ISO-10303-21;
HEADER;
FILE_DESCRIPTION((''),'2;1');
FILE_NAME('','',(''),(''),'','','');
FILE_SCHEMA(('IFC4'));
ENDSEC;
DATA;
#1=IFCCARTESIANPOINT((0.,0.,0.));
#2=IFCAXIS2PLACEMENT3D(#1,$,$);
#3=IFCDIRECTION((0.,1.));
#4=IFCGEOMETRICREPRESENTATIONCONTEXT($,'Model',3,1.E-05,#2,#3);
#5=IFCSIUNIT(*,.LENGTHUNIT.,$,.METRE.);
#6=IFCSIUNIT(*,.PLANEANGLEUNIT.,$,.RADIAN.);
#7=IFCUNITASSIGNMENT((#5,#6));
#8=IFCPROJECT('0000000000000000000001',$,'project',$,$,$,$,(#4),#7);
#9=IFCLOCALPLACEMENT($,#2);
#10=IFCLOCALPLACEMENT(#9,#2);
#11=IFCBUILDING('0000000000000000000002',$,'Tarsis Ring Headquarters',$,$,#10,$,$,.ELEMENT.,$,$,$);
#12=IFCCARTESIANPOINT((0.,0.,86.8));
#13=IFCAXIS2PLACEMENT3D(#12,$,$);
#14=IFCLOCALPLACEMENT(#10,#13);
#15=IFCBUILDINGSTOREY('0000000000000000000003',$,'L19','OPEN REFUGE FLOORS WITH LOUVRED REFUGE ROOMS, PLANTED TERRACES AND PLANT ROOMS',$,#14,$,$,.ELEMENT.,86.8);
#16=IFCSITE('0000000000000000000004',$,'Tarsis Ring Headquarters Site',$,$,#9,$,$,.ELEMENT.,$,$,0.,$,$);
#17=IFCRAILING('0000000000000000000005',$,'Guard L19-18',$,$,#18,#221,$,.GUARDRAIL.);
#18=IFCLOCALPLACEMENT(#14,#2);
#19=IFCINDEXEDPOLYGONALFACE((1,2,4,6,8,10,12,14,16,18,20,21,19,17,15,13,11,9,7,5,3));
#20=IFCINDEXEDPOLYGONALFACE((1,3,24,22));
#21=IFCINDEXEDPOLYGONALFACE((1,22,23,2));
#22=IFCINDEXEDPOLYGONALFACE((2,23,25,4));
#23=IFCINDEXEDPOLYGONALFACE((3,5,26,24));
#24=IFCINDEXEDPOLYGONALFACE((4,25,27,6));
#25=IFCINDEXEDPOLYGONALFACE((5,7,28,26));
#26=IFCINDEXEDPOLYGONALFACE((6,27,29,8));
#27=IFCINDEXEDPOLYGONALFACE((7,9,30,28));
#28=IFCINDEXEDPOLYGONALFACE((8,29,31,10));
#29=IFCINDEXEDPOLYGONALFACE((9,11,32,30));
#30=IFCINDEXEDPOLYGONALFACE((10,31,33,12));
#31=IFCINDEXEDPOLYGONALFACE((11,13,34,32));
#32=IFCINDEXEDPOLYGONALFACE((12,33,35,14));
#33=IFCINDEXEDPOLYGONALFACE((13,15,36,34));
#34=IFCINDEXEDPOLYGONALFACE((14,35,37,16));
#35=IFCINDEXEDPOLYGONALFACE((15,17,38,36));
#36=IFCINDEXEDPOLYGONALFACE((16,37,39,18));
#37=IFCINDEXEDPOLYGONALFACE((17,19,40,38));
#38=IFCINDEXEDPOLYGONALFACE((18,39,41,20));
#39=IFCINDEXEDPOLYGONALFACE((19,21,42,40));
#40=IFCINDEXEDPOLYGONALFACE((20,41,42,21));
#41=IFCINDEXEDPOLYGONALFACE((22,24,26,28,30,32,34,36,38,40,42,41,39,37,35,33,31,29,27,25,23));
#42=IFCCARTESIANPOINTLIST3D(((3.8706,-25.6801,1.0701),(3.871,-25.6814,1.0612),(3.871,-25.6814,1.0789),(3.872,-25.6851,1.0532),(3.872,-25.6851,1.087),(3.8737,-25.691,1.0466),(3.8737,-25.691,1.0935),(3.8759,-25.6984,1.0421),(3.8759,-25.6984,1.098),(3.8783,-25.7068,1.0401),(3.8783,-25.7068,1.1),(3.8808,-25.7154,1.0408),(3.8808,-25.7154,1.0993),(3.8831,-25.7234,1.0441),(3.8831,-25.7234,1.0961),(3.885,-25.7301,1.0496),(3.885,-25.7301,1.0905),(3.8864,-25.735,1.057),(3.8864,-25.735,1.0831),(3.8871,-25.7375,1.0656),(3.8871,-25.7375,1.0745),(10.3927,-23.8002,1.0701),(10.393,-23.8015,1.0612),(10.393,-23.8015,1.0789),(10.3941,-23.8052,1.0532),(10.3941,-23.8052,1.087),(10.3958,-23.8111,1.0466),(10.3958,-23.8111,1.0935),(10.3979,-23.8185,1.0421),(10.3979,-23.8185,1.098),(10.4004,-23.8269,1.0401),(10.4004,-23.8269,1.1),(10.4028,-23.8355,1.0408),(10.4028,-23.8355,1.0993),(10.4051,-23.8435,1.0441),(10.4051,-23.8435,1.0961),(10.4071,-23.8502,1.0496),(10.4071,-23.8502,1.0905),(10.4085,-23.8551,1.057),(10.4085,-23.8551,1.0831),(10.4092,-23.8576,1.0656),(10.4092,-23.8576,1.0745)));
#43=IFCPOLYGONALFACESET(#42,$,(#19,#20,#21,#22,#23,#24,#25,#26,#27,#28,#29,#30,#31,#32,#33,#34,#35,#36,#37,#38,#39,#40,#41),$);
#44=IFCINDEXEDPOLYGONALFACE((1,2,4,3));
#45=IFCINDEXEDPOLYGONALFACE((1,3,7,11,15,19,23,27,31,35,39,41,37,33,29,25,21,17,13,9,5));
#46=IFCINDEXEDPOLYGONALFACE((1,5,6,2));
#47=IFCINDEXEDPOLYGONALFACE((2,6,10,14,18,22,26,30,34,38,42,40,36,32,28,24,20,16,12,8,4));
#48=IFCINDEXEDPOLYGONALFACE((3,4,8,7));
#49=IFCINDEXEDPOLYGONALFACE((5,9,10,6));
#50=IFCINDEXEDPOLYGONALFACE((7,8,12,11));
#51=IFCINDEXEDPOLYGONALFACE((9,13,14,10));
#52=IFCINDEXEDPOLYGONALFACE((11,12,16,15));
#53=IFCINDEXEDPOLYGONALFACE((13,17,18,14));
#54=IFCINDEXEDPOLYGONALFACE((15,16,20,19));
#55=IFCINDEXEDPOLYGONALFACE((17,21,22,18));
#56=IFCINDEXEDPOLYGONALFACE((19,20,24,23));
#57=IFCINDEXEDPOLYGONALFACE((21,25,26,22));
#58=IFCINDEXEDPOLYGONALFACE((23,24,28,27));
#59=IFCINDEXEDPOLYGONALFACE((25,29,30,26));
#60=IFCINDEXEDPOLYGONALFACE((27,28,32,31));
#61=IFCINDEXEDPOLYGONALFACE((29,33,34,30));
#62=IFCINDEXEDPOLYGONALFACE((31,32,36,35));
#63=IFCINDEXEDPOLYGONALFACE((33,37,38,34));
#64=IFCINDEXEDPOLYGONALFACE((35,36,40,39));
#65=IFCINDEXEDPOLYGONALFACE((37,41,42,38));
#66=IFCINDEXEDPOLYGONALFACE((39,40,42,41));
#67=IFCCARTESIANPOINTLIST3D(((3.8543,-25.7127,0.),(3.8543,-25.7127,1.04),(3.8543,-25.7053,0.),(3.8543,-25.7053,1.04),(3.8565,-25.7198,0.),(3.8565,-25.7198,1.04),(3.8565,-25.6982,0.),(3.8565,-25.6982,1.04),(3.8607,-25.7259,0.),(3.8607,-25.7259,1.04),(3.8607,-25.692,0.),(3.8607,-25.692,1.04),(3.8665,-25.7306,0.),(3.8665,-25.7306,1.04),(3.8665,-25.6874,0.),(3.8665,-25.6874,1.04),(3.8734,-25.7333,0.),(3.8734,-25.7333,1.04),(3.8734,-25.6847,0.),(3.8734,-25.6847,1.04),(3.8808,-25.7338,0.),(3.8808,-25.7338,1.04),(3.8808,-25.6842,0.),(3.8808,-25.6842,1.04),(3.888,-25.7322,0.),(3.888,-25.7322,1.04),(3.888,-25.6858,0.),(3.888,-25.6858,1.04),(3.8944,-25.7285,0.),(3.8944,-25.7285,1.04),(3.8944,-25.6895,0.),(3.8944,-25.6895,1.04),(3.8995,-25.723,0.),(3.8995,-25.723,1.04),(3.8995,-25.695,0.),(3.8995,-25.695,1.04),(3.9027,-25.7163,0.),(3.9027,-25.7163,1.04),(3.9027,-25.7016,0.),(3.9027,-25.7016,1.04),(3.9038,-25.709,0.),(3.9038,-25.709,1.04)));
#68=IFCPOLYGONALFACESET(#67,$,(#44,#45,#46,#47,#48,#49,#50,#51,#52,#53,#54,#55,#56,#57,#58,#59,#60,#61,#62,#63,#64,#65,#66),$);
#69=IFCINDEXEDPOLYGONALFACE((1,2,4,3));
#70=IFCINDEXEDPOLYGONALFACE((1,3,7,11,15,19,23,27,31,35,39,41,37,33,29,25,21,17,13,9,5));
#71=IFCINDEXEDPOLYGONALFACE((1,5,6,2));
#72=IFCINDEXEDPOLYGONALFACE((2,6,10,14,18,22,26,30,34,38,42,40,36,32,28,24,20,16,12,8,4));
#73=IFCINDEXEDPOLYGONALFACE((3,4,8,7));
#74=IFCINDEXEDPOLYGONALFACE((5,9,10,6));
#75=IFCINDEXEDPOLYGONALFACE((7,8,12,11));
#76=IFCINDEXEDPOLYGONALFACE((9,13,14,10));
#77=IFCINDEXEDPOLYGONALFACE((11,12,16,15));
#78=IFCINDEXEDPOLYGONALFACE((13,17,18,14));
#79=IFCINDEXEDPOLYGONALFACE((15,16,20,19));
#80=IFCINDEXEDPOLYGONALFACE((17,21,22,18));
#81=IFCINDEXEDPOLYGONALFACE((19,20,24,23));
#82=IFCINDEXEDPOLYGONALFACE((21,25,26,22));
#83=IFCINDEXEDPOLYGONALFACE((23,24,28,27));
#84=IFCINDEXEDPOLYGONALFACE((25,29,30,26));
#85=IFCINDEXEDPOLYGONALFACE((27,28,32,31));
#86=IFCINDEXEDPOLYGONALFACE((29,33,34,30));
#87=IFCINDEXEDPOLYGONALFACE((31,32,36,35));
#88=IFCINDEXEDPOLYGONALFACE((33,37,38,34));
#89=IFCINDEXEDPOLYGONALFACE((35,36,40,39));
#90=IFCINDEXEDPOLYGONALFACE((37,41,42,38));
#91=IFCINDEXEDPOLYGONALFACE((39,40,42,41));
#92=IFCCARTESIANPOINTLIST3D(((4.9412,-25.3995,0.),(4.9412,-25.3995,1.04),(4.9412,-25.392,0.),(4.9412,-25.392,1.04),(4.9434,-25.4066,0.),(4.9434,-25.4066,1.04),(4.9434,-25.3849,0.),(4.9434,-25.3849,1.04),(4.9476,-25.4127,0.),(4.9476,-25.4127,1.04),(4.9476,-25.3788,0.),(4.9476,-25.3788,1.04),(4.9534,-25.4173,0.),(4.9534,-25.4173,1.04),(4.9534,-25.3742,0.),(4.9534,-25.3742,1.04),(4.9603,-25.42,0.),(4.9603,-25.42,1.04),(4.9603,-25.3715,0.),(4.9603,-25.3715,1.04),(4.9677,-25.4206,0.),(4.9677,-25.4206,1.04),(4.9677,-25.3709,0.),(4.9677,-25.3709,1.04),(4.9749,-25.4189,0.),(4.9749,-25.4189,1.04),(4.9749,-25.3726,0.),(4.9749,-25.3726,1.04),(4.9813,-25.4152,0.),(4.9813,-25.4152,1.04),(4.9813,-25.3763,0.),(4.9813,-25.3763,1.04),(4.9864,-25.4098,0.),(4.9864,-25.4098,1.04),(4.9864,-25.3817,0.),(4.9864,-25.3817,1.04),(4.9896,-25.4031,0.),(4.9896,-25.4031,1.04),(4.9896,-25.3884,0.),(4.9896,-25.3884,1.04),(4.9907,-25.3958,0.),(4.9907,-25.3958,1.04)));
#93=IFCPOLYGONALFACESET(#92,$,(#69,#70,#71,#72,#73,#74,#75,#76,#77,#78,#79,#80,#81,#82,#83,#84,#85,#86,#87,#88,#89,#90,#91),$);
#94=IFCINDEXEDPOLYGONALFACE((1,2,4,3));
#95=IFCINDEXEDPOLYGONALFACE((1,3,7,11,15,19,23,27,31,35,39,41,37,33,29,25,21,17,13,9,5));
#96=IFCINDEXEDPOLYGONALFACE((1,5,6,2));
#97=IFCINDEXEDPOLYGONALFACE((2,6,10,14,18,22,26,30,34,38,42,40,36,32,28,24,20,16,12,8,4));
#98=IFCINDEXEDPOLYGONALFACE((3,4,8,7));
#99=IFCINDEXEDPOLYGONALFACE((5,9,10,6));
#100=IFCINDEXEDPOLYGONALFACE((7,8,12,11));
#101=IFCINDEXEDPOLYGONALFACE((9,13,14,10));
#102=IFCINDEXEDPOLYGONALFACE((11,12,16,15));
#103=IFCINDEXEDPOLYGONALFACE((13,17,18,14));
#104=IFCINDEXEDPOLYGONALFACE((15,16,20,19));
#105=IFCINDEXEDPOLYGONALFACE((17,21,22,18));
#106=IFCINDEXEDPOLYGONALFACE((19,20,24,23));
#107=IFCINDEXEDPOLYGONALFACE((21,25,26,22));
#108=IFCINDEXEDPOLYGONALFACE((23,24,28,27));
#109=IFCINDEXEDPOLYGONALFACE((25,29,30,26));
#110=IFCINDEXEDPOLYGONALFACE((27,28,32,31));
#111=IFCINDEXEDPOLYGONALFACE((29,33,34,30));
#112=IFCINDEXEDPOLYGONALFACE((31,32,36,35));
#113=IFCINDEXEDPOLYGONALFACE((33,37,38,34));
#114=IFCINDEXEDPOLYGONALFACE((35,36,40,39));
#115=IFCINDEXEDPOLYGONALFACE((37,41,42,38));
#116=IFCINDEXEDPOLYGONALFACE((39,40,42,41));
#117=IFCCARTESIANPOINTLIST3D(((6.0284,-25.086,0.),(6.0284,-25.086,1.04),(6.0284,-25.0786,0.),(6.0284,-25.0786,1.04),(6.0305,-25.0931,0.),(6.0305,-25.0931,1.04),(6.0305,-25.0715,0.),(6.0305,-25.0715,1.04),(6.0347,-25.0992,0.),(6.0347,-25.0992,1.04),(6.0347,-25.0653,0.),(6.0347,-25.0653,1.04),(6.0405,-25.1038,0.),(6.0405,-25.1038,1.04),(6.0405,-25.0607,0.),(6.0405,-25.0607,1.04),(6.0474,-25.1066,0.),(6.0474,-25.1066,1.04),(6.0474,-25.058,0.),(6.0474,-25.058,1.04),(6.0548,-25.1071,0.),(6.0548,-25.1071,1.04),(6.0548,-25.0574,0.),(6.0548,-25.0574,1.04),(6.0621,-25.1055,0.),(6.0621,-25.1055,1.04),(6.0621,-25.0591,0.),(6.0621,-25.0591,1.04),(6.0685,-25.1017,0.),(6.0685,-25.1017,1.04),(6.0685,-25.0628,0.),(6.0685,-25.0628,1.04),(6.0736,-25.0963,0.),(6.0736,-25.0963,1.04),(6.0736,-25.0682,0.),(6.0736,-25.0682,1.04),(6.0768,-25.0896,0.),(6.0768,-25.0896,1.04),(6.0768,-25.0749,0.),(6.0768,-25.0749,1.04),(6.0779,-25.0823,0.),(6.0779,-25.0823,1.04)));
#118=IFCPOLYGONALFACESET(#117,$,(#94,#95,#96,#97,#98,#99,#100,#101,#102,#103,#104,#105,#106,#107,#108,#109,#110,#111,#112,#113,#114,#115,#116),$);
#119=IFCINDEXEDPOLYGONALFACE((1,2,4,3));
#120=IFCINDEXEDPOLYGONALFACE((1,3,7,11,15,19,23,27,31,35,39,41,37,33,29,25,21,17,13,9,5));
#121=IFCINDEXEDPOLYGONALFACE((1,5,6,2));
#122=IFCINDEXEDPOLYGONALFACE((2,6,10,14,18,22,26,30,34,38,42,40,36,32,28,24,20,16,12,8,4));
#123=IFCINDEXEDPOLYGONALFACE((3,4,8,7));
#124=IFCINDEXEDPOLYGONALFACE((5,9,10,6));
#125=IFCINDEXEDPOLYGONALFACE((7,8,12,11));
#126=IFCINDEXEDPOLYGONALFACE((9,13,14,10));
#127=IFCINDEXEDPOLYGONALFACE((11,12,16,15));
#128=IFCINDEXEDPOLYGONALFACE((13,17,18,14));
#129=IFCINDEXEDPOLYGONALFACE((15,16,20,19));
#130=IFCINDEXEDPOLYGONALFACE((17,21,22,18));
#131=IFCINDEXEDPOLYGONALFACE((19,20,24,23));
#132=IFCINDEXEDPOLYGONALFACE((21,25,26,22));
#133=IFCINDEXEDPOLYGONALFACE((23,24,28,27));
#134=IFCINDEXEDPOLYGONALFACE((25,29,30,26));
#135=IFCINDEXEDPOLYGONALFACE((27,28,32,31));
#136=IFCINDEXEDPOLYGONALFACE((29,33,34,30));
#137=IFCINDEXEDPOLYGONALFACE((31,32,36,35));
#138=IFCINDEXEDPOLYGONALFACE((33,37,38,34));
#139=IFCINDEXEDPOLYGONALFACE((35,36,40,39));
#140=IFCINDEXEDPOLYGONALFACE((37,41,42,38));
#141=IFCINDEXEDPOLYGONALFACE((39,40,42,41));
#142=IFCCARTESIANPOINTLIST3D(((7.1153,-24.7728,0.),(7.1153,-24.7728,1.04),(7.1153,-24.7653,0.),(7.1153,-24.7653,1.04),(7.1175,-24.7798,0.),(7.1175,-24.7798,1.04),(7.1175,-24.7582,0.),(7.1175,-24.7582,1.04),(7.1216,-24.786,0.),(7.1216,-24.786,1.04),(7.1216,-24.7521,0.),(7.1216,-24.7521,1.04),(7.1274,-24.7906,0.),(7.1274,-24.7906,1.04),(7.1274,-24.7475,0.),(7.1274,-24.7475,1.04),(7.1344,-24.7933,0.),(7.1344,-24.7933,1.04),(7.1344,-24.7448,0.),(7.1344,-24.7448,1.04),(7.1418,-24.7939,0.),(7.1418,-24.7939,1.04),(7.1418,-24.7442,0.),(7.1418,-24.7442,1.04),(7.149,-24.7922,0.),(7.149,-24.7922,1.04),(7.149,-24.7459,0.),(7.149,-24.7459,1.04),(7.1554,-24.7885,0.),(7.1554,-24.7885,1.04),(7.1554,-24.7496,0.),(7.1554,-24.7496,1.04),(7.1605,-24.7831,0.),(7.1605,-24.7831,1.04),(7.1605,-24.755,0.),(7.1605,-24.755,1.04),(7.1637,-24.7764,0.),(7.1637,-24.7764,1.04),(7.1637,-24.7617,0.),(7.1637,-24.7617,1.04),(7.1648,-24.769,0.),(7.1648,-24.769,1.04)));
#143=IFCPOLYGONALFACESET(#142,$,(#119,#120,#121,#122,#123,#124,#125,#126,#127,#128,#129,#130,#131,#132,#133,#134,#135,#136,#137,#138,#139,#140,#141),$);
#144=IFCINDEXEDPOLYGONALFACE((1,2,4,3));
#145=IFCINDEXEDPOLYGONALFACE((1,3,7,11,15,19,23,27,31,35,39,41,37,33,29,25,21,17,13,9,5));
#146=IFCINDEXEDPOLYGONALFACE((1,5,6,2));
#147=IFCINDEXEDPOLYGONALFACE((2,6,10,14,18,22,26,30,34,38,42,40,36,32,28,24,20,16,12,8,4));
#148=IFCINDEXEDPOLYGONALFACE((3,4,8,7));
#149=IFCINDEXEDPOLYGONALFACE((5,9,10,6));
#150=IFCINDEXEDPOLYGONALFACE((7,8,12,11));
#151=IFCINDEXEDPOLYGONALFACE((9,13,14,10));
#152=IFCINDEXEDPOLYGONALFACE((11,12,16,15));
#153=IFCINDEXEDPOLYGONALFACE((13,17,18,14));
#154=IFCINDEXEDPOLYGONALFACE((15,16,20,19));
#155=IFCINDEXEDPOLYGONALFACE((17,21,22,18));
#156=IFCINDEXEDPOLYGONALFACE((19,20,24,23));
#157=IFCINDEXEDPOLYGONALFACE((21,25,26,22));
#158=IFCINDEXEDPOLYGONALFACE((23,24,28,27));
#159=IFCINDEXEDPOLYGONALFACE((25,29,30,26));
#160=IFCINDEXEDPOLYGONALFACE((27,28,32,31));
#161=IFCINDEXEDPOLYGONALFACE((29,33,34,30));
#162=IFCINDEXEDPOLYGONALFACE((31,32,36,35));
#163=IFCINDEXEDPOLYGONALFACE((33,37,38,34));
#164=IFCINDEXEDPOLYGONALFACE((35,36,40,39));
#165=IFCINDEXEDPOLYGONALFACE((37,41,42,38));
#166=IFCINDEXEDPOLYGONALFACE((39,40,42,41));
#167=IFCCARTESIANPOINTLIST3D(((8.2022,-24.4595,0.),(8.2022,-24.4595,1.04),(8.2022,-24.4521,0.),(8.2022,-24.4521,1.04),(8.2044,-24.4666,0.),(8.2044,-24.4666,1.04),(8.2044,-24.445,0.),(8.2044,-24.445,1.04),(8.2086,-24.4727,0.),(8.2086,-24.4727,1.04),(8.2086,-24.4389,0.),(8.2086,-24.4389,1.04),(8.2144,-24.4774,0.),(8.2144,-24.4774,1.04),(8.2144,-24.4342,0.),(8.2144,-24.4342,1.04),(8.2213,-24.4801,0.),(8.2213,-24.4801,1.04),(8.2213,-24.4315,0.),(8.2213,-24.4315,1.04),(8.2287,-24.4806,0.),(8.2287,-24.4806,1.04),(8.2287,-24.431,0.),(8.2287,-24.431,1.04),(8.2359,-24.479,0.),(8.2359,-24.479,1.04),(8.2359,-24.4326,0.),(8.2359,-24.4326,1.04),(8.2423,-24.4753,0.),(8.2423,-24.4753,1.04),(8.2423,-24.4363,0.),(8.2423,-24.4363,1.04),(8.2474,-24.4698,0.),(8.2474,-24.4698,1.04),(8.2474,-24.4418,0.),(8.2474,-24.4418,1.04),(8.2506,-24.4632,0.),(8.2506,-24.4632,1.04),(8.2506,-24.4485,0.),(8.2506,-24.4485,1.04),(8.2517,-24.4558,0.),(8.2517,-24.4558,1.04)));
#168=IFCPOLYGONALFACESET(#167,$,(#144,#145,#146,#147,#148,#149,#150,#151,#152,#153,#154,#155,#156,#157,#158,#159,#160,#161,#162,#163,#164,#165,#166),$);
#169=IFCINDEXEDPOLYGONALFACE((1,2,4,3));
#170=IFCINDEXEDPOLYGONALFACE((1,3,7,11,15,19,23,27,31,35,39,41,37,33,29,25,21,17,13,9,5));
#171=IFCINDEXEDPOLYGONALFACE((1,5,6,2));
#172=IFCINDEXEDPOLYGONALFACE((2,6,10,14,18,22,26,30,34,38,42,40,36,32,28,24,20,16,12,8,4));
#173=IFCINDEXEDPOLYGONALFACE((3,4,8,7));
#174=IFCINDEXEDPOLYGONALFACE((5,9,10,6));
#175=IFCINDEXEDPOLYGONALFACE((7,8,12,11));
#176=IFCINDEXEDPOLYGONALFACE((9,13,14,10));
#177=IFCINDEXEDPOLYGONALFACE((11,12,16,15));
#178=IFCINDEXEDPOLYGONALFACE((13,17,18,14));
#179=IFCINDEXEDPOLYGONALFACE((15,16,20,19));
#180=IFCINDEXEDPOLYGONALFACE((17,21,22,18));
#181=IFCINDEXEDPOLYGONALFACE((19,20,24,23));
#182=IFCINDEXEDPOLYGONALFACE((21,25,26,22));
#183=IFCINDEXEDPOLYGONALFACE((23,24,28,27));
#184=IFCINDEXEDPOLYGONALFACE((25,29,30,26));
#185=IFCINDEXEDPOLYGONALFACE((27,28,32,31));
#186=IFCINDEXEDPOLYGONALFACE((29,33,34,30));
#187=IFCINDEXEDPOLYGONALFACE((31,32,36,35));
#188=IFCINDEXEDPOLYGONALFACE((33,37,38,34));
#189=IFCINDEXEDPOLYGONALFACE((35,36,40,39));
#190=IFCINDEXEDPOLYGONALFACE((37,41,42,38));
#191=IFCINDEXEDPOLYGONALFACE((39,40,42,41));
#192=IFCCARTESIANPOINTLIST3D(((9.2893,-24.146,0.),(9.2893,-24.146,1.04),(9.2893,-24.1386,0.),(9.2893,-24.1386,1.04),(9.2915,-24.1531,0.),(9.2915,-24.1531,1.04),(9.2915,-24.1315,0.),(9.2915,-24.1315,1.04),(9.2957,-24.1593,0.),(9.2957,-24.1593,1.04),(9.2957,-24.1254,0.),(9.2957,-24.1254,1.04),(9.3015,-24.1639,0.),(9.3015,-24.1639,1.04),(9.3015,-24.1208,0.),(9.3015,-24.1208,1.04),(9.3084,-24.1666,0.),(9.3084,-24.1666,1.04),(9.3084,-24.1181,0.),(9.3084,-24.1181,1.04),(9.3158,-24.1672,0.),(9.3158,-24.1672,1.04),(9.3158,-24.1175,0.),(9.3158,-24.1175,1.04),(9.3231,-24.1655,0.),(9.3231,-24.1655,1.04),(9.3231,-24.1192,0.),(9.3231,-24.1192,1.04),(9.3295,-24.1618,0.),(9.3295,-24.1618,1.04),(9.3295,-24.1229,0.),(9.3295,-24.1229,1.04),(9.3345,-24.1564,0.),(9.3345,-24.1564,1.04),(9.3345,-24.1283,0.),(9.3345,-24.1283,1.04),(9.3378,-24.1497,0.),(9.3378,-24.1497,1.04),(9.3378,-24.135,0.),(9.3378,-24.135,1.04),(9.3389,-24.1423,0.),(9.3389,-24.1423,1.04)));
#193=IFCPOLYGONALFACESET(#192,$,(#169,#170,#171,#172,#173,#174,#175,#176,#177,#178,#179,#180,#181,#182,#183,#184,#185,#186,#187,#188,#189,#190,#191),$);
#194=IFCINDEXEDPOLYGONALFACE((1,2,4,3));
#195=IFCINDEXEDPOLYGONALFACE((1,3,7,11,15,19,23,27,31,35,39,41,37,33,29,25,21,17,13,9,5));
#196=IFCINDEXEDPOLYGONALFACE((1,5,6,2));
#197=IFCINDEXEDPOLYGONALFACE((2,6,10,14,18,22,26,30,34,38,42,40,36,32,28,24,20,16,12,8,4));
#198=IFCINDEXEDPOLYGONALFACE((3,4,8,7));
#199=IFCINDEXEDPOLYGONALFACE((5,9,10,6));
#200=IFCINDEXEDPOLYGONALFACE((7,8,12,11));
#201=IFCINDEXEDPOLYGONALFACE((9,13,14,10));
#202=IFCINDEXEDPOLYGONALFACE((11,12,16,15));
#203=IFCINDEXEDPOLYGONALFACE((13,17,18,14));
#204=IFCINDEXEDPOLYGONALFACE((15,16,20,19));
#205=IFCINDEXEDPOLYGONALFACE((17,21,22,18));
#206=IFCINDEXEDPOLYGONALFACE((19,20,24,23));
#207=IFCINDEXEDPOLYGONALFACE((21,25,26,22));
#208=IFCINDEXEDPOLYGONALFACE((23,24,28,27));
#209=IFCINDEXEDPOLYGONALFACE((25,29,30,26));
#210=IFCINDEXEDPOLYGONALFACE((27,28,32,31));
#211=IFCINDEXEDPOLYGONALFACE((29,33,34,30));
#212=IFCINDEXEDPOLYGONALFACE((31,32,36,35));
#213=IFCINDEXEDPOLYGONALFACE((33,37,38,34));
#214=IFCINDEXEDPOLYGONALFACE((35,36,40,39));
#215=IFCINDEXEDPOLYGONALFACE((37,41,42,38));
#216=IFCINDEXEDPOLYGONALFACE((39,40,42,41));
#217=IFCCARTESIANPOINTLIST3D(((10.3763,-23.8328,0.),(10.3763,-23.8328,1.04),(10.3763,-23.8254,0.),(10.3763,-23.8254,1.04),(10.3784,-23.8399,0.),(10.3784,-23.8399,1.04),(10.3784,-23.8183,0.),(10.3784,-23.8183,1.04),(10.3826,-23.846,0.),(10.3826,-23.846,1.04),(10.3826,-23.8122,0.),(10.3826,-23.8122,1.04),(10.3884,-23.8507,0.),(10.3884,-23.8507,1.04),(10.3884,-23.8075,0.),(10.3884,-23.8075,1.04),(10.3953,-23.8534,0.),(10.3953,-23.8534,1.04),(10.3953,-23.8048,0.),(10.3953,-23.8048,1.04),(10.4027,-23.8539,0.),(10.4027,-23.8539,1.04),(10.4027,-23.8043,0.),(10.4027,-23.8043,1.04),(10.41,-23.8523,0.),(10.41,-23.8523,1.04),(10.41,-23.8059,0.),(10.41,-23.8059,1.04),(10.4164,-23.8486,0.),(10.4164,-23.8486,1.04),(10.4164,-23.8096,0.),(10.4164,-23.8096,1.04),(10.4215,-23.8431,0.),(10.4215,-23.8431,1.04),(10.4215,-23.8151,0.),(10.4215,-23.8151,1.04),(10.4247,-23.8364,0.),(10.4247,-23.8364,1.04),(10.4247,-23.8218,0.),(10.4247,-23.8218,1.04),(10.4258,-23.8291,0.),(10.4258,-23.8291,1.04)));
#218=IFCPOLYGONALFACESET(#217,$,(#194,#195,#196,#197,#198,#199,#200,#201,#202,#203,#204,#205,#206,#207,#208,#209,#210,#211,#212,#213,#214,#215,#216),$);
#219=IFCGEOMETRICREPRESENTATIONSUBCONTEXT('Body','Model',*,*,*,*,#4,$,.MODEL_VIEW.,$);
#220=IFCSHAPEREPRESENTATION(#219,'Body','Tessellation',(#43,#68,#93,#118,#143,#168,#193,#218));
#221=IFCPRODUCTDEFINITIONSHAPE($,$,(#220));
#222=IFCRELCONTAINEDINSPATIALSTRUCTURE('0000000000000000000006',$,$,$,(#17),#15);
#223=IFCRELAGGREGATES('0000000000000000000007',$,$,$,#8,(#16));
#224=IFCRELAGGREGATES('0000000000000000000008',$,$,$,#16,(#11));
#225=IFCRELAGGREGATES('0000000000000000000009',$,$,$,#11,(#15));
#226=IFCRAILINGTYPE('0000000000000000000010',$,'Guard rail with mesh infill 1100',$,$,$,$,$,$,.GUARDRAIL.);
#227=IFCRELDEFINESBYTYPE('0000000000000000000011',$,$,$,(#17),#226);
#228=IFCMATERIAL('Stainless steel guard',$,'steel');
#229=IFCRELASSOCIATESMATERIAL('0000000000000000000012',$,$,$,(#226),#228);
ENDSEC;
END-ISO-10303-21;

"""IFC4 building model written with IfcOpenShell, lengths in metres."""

from ifc_helpers import new_model, si_unit, direction, frame, origin, origin_2d, place, context, subcontext, project, spatial, circle, extrude, material, type_object, element, save


model = new_model("IFC4")

# Units and contexts
model_context = context("Model", 3, precision=1e-05, world=origin(), true_north=direction((0.0, 1.0)))
body_context = subcontext(model_context, "Body", "Model", "MODEL_VIEW")
ifc_project = project(units=[si_unit("LENGTHUNIT", "METRE"), si_unit("PLANEANGLEUNIT", "RADIAN")], contexts=[model_context])

# Site, building, storey
site_placement = place(None, origin())
site = spatial("IfcSite", under=ifc_project, at=site_placement, Name="Tarsis Ring Headquarters Site", CompositionType="ELEMENT", RefElevation=0.0)
building_placement = place(site_placement, origin())
building = spatial("IfcBuilding", under=site, at=building_placement, Name="Tarsis Ring Headquarters", CompositionType="ELEMENT")
storey_placement = place(building_placement, frame((0.0, 0.0, 86.8)))
storey = spatial("IfcBuildingStorey", under=building, at=storey_placement, Name="L19", Description="OPEN REFUGE FLOORS WITH LOUVRED REFUGE ROOMS, PLANTED TERRACES AND PLANT ROOMS", CompositionType="ELEMENT", Elevation=86.8)

# Railing
ifc_material_1 = material(Name="Stainless steel guard", Category="steel")
railing_type = type_object("IfcRailingType", Name="Guard rail with mesh infill 1100", PredefinedType="GUARDRAIL", material=ifc_material_1)
railing_1_placement = place(storey_placement, frame((3.8789, -25.709, 0.0)))
element("IfcRailing", 1, at=railing_1_placement, inside=storey, type_object=railing_type, Name="Guard L19-18", PredefinedType="GUARDRAIL", context=body_context, shape_type="SweptSolid", body=[
    extrude(circle(Radius=0.03, at=origin_2d()), frame((0.0, 0.0, 1.0701), z_axis=(0.960881, 0.276963, 0.0), x_axis=(-0.276963, 0.960881, 0.0)), (0.0, 0.0, 1.0), 6.7876),
    extrude(circle(Radius=0.0249, at=origin_2d()), origin(), (0.0, 0.0, 1.0), 1.04),
    extrude(circle(Radius=0.0249, at=origin_2d()), frame((1.0869, 0.3132, 0.0)), (0.0, 0.0, 1.0), 1.04),
    extrude(circle(Radius=0.0249, at=origin_2d()), frame((2.1741, 0.6267, 0.0)), (0.0, 0.0, 1.0), 1.04),
    extrude(circle(Radius=0.0249, at=origin_2d()), frame((3.261, 0.9399, 0.0)), (0.0, 0.0, 1.0), 1.04),
    extrude(circle(Radius=0.0249, at=origin_2d()), frame((4.3479, 1.2532, 0.0)), (0.0, 0.0, 1.0), 1.04),
    extrude(circle(Radius=0.0249, at=origin_2d()), frame((5.4351, 1.5667, 0.0)), (0.0, 0.0, 1.0), 1.04),
    extrude(circle(Radius=0.0249, at=origin_2d()), frame((6.522, 1.8799, 0.0)), (0.0, 0.0, 1.0), 1.04),
])

save(model, "model.ifc")
